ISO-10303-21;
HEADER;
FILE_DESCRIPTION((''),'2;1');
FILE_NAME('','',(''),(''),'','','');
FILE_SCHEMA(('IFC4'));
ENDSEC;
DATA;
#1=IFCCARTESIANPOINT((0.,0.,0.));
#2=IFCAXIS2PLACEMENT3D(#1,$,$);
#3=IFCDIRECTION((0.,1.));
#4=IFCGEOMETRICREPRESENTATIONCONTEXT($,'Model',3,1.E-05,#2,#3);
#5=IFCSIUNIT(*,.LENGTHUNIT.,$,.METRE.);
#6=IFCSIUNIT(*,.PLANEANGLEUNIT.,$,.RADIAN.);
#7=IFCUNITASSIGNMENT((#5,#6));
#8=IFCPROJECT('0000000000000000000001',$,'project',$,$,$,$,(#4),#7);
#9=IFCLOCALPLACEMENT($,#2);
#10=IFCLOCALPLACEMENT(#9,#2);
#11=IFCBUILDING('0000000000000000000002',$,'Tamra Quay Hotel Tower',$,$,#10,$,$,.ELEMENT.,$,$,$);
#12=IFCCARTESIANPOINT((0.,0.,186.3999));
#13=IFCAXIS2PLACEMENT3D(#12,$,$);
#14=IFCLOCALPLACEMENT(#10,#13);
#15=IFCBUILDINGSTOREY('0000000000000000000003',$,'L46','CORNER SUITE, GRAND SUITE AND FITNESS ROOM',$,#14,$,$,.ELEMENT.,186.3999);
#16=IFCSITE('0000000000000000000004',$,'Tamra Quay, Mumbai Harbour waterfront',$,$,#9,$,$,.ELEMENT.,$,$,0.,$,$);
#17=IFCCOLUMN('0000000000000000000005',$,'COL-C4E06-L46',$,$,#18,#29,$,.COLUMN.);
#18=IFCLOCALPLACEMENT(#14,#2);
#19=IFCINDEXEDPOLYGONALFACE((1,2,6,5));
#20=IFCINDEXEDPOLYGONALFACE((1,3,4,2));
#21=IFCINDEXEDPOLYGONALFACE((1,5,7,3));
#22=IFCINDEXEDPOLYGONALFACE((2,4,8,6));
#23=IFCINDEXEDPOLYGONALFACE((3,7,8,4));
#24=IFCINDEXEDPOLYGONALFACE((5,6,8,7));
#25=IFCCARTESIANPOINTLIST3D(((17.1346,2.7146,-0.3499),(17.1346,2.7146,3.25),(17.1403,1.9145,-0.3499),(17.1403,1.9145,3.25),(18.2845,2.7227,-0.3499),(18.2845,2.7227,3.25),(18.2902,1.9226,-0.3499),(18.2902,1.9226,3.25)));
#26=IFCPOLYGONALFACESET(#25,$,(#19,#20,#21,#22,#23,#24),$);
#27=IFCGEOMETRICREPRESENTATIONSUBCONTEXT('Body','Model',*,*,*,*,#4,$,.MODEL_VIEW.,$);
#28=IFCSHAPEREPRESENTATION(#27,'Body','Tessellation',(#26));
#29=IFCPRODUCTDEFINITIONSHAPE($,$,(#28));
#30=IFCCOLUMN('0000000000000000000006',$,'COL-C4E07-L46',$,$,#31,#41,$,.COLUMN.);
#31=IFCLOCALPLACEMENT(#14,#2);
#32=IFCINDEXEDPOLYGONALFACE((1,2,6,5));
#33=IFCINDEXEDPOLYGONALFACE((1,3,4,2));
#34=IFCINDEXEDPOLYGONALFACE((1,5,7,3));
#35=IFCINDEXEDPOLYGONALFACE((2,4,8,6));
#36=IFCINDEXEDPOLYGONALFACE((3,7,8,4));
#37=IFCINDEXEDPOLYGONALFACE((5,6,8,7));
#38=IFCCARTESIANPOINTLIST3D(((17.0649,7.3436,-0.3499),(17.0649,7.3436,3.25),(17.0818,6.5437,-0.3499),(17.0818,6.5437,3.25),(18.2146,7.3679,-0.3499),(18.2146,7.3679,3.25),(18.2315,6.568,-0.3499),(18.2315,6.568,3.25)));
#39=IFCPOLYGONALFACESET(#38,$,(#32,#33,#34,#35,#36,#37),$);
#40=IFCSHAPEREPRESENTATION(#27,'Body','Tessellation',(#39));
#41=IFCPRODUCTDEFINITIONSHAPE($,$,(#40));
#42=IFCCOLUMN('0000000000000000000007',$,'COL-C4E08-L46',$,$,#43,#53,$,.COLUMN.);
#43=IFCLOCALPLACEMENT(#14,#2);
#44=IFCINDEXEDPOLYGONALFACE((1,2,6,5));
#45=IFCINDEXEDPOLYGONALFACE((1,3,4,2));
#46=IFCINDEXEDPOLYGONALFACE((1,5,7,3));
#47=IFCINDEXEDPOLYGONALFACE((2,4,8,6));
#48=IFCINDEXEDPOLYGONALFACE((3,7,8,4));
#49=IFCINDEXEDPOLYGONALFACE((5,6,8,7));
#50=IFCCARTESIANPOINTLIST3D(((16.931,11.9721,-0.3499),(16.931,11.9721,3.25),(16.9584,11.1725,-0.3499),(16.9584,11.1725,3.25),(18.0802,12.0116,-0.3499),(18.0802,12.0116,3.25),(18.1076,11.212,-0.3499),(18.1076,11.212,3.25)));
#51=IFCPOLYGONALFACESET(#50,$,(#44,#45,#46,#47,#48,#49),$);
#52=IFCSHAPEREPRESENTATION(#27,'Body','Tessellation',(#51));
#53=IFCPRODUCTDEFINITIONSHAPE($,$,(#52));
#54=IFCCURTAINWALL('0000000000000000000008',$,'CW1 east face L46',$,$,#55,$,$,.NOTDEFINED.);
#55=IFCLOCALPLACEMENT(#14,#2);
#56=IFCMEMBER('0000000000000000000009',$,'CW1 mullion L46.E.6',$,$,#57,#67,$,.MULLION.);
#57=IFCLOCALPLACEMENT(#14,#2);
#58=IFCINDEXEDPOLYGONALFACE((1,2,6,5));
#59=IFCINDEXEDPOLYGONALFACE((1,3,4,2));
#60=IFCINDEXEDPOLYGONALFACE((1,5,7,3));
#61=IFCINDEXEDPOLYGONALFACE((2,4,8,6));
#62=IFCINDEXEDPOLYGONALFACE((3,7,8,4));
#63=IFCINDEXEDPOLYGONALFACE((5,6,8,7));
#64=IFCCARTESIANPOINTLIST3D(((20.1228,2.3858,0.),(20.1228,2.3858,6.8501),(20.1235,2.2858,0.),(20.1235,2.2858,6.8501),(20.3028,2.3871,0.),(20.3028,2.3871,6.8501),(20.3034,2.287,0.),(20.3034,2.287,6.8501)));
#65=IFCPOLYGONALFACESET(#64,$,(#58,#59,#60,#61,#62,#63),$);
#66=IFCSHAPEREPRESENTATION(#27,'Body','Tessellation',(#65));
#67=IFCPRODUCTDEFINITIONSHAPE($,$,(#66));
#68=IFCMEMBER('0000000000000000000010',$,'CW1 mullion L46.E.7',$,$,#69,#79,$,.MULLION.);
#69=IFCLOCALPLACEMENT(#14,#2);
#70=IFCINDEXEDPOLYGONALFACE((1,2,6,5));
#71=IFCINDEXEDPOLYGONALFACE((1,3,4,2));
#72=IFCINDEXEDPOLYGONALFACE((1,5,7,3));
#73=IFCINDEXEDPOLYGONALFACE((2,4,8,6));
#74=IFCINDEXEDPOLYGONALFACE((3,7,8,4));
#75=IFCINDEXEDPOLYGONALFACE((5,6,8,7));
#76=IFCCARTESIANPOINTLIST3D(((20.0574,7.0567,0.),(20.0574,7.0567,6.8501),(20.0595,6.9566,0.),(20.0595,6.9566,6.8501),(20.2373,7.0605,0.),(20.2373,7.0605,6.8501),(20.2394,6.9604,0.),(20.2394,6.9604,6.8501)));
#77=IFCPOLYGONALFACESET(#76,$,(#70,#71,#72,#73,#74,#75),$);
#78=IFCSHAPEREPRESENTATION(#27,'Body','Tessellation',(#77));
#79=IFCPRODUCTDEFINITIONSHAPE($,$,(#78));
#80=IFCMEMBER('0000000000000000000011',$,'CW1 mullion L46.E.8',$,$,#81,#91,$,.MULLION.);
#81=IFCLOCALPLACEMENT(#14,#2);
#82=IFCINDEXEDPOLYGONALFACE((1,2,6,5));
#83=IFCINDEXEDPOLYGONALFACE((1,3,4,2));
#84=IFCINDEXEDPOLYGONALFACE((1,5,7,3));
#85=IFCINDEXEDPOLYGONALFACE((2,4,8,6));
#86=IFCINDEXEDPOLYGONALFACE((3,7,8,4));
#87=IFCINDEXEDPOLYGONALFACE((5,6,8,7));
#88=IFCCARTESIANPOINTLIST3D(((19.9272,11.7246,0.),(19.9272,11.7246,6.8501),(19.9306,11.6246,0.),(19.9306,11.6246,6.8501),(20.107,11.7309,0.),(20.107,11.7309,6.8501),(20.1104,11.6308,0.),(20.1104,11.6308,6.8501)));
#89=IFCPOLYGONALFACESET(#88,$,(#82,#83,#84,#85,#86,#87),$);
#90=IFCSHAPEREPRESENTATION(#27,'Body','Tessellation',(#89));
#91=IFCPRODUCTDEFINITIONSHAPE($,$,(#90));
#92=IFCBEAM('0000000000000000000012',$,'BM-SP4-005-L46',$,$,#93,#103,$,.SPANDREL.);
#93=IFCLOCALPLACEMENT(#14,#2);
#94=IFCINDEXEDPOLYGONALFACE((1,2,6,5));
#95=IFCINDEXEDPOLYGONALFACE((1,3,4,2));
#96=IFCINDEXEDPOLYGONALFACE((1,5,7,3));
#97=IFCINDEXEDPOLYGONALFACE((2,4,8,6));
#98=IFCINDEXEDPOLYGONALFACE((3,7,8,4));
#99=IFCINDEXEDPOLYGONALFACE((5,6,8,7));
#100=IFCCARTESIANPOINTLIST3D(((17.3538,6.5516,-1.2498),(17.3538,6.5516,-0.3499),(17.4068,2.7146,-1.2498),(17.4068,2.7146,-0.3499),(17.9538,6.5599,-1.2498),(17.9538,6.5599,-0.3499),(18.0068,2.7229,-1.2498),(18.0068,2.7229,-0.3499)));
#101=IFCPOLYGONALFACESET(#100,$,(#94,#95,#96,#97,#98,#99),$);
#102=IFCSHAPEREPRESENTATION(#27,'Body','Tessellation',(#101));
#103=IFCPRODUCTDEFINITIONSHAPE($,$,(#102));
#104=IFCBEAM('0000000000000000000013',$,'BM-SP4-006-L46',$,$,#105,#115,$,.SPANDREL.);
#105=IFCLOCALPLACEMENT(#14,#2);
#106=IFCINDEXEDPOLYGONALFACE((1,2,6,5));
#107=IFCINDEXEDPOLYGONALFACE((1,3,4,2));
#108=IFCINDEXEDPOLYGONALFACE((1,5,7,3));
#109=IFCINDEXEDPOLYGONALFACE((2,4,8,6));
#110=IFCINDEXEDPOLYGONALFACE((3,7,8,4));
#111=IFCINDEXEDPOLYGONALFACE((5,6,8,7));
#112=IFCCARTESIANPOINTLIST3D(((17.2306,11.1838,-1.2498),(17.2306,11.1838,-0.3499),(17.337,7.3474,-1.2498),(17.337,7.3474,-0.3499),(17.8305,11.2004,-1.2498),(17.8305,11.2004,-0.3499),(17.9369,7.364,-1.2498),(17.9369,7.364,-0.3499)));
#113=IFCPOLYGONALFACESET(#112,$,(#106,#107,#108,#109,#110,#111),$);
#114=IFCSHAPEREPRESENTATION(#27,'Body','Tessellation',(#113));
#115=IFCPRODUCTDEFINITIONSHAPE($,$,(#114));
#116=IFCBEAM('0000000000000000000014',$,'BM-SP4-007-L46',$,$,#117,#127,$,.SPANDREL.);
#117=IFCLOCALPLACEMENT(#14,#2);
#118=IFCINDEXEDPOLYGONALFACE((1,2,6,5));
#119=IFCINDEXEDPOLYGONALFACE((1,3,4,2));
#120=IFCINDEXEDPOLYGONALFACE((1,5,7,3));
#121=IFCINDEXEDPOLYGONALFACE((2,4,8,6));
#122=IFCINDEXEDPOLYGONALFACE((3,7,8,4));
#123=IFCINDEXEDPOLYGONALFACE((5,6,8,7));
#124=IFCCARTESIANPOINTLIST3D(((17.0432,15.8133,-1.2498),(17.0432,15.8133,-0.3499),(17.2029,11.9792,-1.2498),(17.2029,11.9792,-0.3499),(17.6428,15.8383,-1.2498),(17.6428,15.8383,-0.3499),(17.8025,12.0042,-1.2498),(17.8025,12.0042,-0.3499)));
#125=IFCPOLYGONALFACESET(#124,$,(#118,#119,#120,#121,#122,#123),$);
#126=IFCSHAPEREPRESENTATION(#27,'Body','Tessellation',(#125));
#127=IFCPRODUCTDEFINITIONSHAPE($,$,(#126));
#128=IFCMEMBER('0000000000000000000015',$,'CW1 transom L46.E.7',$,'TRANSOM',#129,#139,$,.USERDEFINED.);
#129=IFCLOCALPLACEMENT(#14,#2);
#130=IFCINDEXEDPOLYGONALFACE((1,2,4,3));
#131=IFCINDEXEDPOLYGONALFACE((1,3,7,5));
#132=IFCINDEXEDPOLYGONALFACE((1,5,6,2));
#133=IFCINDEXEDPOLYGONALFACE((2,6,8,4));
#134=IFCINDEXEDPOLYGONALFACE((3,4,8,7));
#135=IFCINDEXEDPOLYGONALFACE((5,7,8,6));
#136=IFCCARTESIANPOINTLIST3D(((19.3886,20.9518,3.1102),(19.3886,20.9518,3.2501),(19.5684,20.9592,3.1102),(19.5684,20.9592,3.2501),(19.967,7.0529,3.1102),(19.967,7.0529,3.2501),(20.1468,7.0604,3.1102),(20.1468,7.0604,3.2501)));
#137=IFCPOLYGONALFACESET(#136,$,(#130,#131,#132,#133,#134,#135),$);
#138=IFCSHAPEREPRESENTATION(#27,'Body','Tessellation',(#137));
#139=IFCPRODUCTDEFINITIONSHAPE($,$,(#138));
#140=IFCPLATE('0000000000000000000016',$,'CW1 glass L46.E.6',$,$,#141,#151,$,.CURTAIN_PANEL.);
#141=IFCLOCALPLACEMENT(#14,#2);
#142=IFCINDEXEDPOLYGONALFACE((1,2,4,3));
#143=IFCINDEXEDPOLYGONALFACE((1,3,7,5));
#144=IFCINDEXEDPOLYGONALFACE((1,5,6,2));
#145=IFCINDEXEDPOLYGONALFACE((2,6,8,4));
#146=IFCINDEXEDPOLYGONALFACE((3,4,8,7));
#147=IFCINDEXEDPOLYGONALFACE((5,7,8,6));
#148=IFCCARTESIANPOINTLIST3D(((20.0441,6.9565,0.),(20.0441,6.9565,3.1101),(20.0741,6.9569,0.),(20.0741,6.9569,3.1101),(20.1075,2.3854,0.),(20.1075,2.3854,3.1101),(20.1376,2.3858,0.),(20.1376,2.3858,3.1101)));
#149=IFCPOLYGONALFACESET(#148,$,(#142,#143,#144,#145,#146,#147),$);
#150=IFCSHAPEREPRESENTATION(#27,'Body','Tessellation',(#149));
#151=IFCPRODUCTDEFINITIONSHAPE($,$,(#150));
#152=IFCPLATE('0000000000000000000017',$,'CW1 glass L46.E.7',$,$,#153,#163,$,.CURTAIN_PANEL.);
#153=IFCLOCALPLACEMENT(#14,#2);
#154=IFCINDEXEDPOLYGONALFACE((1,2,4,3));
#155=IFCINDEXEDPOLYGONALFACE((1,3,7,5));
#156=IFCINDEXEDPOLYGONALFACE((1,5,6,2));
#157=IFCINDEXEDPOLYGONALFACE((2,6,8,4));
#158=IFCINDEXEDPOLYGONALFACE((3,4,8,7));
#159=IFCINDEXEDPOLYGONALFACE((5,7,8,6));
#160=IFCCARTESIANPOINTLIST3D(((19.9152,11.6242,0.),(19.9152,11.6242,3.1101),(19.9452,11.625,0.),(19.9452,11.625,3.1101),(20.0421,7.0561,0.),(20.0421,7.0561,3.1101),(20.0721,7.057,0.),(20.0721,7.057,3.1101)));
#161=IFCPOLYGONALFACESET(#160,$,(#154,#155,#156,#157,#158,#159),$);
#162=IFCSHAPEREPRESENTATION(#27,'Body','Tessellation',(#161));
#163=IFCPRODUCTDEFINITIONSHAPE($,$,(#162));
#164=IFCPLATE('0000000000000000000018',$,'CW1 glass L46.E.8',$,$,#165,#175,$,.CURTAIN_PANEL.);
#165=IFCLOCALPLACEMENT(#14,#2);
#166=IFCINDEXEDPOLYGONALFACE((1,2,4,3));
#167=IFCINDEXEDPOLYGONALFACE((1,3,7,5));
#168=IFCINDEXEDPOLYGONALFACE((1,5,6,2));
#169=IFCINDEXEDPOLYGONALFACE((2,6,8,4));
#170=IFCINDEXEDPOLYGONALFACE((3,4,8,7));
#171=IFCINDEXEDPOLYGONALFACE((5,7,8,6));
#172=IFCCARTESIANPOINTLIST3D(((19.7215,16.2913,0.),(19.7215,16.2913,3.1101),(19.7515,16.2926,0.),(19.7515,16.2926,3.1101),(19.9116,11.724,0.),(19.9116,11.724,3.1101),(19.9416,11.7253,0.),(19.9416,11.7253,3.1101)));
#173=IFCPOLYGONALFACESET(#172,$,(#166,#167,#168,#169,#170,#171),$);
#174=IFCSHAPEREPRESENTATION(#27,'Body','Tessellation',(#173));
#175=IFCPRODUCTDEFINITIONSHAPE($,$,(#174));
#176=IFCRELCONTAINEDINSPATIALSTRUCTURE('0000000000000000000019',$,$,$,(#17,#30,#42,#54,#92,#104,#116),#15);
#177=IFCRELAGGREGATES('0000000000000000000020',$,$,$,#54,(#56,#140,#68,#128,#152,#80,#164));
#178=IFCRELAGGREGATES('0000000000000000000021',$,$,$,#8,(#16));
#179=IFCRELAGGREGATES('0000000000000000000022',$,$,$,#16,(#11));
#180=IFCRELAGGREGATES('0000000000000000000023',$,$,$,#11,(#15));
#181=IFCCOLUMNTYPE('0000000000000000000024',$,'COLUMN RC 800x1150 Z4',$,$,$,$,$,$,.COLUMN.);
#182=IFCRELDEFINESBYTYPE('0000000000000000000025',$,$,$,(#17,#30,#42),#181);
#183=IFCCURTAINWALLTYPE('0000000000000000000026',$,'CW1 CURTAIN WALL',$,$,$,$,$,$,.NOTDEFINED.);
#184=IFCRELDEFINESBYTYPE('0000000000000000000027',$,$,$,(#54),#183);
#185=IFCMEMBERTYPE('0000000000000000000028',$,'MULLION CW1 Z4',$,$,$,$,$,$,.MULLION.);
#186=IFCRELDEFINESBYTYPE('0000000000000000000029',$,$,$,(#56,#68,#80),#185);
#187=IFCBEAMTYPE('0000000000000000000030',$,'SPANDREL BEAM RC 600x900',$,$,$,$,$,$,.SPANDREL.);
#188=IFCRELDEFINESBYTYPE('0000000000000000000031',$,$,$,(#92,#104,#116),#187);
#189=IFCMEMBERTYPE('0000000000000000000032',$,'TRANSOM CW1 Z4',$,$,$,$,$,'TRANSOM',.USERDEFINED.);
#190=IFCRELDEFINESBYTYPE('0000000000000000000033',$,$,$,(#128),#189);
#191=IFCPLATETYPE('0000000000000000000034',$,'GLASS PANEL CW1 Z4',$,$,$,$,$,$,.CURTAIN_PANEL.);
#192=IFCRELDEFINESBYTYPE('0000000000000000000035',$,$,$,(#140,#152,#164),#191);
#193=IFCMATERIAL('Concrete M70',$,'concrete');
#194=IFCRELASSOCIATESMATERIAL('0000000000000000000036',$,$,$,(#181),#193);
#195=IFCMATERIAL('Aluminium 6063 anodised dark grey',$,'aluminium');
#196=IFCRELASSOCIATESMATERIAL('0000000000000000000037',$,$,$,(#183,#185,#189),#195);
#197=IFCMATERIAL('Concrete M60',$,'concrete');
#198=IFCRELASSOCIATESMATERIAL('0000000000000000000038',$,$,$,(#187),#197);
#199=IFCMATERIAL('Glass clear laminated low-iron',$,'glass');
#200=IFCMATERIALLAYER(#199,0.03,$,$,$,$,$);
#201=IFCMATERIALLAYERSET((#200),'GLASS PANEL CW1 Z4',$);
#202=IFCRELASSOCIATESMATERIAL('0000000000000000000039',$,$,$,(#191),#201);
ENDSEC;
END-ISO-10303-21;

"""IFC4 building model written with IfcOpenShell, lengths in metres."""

from ifc_helpers import new_model, si_unit, direction, frame, origin, origin_2d, place, context, subcontext, project, spatial, rectangle, extrude, material, layer, layer_set, material_profile, profile_set, type_object, element, aggregate, save


model = new_model("IFC4")

# Units and contexts
model_context = context("Model", 3, precision=1e-05, world=origin(), true_north=direction((0.0, 1.0)))
body_context = subcontext(model_context, "Body", "Model", "MODEL_VIEW")
ifc_project = project(units=[si_unit("LENGTHUNIT", "METRE"), si_unit("PLANEANGLEUNIT", "RADIAN")], contexts=[model_context])

# Site, building, storey
site_placement = place(None, origin())
site = spatial("IfcSite", under=ifc_project, at=site_placement, Name="Tamra Quay, Mumbai Harbour waterfront", CompositionType="ELEMENT", RefElevation=0.0)
building_placement = place(site_placement, origin())
building = spatial("IfcBuilding", under=site, at=building_placement, Name="Tamra Quay Hotel Tower", CompositionType="ELEMENT")
storey_placement = place(building_placement, frame((0.0, 0.0, 186.3999)))
storey = spatial("IfcBuildingStorey", under=building, at=storey_placement, Name="L46", Description="CORNER SUITE, GRAND SUITE AND FITNESS ROOM", CompositionType="ELEMENT", Elevation=186.3999)

# Columns
ifc_material_1 = material(Name="Concrete M70", Category="concrete")
ifc_material_profile_1 = material_profile(ifc_material_1, rectangle(XDim=1.1499, YDim=0.8, at=origin_2d()), Name="COLUMN RC 800x1150 Z4")
ifc_profile_set_1 = profile_set([ifc_material_profile_1], Name="Concrete M70")
column_type = type_object("IfcColumnType", Name="COLUMN RC 800x1150 Z4", PredefinedType="COLUMN", material=ifc_profile_set_1)
for number, where, z_axis, x_axis, name in (
    (1, (17.7124, 2.3186, -0.3499), (0.0, 0.0, 1.0), (0.999975, 0.007041, 0.0), "COL-C4E06-L46"),
    (2, (17.6482, 6.9558, -0.3499), (0.0, 0.0, 1.0), (0.999777, 0.021115, 0.0), "COL-C4E07-L46"),
    (3, (17.5193, 11.592, -0.3499), (0.0, 0.0, 1.0), (0.999412, 0.034299, 0.0), "COL-C4E08-L46"),
):
    element("IfcColumn", number, at=place(storey_placement, frame(where, z_axis=z_axis, x_axis=x_axis)), inside=storey, type_object=column_type, Name=name, PredefinedType="COLUMN", context=body_context, shape_type="SweptSolid", body=[
        extrude(rectangle(XDim=1.1499, YDim=0.8, at=origin_2d()), origin(), (0.0, 0.0, 1.0), 3.5999),
    ])

# Curtain wall, members
ifc_material_2 = material(Name="Aluminium 6063 anodised dark grey", Category="aluminium")
curtain_wall_type = type_object("IfcCurtainWallType", Name="CW1 CURTAIN WALL", PredefinedType="NOTDEFINED", material=ifc_material_2)
curtain_wall_placement = place(storey_placement, origin())
curtain_wall = element("IfcCurtainWall", 4, at=curtain_wall_placement, inside=storey, type_object=curtain_wall_type, Name="CW1 east face L46", PredefinedType="NOTDEFINED")
ifc_material_profile_2 = material_profile(ifc_material_2, rectangle(XDim=0.1799, YDim=0.1001, at=origin_2d()), Name="MULLION 100X180")
ifc_profile_set_2 = profile_set([ifc_material_profile_2], Name="Aluminium 6063 anodised dark grey")
member_type_1 = type_object("IfcMemberType", Name="MULLION CW1 Z4", PredefinedType="MULLION", material=ifc_profile_set_2)
member_1_placement = place(storey_placement, frame((20.2131, 2.3364, 0.0), z_axis=(0.0, 0.0, 1.0), x_axis=(0.999976, 0.006943, 0.0)))
member_1 = element("IfcMember", 5, at=member_1_placement, type_object=member_type_1, Name="CW1 mullion L46.E.6", PredefinedType="MULLION", context=body_context, shape_type="SweptSolid", body=[
    extrude(rectangle(XDim=0.1799, YDim=0.1001, at=origin_2d()), origin(), (0.0, 0.0, 1.0), 6.8501),
])
member_2_placement = place(storey_placement, frame((20.1484, 7.0085, 0.0), z_axis=(0.0, 0.0, 1.0), x_axis=(0.999783, 0.020821, 0.0)))
member_2 = element("IfcMember", 6, at=member_2_placement, type_object=member_type_1, Name="CW1 mullion L46.E.7", PredefinedType="MULLION", context=body_context, shape_type="SweptSolid", body=[
    extrude(rectangle(XDim=0.1799, YDim=0.1001, at=origin_2d()), origin(), (0.0, 0.0, 1.0), 6.8501),
])
member_3_placement = place(storey_placement, frame((20.0188, 11.6777, 0.0), z_axis=(0.0, 0.0, 1.0), x_axis=(0.999399, 0.034677, 0.0)))
member_3 = element("IfcMember", 7, at=member_3_placement, type_object=member_type_1, Name="CW1 mullion L46.E.8", PredefinedType="MULLION", context=body_context, shape_type="SweptSolid", body=[
    extrude(rectangle(XDim=0.1799, YDim=0.1001, at=origin_2d()), origin(), (0.0, 0.0, 1.0), 6.8501),
])

# Beams
ifc_material_3 = material(Name="Concrete M60", Category="concrete")
ifc_material_profile_3 = material_profile(ifc_material_3, rectangle(XDim=0.6001, YDim=0.8999, at=origin_2d()), Name="SPANDREL BEAM RC 600x900")
ifc_profile_set_3 = profile_set([ifc_material_profile_3], Name="Concrete M60")
beam_type = type_object("IfcBeamType", Name="SPANDREL BEAM RC 600x900", PredefinedType="SPANDREL", material=ifc_profile_set_3)
beam_1_placement = place(storey_placement, frame((17.7068, 2.7188, -0.7998), z_axis=(-0.013805, 0.999905, 0.0), x_axis=(-0.999905, -0.013805, 0.0)))
element("IfcBeam", 8, at=beam_1_placement, inside=storey, type_object=beam_type, Name="BM-SP4-005-L46", PredefinedType="SPANDREL", context=body_context, shape_type="SweptSolid", body=[
    extrude(rectangle(XDim=0.6001, YDim=0.8999, at=origin_2d()), origin(), (0.0, 0.0, 1.0), 3.8374),
])
beam_2_placement = place(storey_placement, frame((17.637, 7.3557, -0.7998), z_axis=(-0.027735, 0.999615, 0.0), x_axis=(-0.999615, -0.027735, 0.0)))
element("IfcBeam", 9, at=beam_2_placement, inside=storey, type_object=beam_type, Name="BM-SP4-006-L46", PredefinedType="SPANDREL", context=body_context, shape_type="SweptSolid", body=[
    extrude(rectangle(XDim=0.6001, YDim=0.8999, at=origin_2d()), origin(), (0.0, 0.0, 1.0), 3.8379),
])
beam_3_placement = place(storey_placement, frame((17.5027, 11.9917, -0.7998), z_axis=(-0.041609, 0.999134, 0.0), x_axis=(-0.999134, -0.041609, 0.0)))
element("IfcBeam", 10, at=beam_3_placement, inside=storey, type_object=beam_type, Name="BM-SP4-007-L46", PredefinedType="SPANDREL", context=body_context, shape_type="SweptSolid", body=[
    extrude(rectangle(XDim=0.6001, YDim=0.8999, at=origin_2d()), origin(), (0.0, 0.0, 1.0), 3.8374),
])

# Member
ifc_material_profile_4 = material_profile(ifc_material_2, rectangle(XDim=0.1799, YDim=0.1399, at=origin_2d()), Name="TRANSOM 180X140")
ifc_profile_set_4 = profile_set([ifc_material_profile_4], Name="Aluminium 6063 anodised dark grey")
member_type_2 = type_object("IfcMemberType", Name="TRANSOM CW1 Z4", ElementType="TRANSOM", PredefinedType="USERDEFINED", material=ifc_profile_set_4)
member_4_placement = place(storey_placement, frame((20.0569, 7.0566, 3.1802), z_axis=(-0.041577, 0.999135, 0.0), x_axis=(-0.999135, -0.041577, 0.0)))
member_4 = element("IfcMember", 11, at=member_4_placement, type_object=member_type_2, Name="CW1 transom L46.E.7", ObjectType="TRANSOM", PredefinedType="USERDEFINED", context=body_context, shape_type="SweptSolid", body=[
    extrude(rectangle(XDim=0.1799, YDim=0.1399, at=origin_2d()), origin(), (0.0, 0.0, 1.0), 13.9109),
])

# Plates
ifc_material_4 = material(Name="Glass clear laminated low-iron", Category="glass")
ifc_layer_1 = layer(ifc_material_4, 0.03)
ifc_layer_set_1 = layer_set([ifc_layer_1], Name="GLASS PANEL CW1 Z4")
plate_type = type_object("IfcPlateType", Name="GLASS PANEL CW1 Z4", PredefinedType="CURTAIN_PANEL", material=ifc_layer_set_1)
plate_1_placement = place(storey_placement, frame((20.0908, 4.6711, 0.0), z_axis=(0.0, 0.0, 1.0), x_axis=(-0.013886, 0.999904, 0.0)))
plate_1 = element("IfcPlate", 12, at=plate_1_placement, type_object=plate_type, Name="CW1 glass L46.E.6", PredefinedType="CURTAIN_PANEL", context=body_context, shape_type="SweptSolid", body=[
    extrude(rectangle(XDim=4.5715, YDim=0.03, at=origin_2d()), origin(), (0.0, 0.0, 1.0), 3.1101),
])
plate_2_placement = place(storey_placement, frame((19.9937, 9.3406, 0.0), z_axis=(0.0, 0.0, 1.0), x_axis=(-0.027754, 0.999615, 0.0)))
plate_2 = element("IfcPlate", 13, at=plate_2_placement, type_object=plate_type, Name="CW1 glass L46.E.7", PredefinedType="CURTAIN_PANEL", context=body_context, shape_type="SweptSolid", body=[
    extrude(rectangle(XDim=4.5698, YDim=0.03, at=origin_2d()), origin(), (0.0, 0.0, 1.0), 3.1101),
])
plate_3_placement = place(storey_placement, frame((19.8315, 14.0083, 0.0), z_axis=(0.0, 0.0, 1.0), x_axis=(-0.041599, 0.999134, 0.0)))
plate_3 = element("IfcPlate", 14, at=plate_3_placement, type_object=plate_type, Name="CW1 glass L46.E.8", PredefinedType="CURTAIN_PANEL", context=body_context, shape_type="SweptSolid", body=[
    extrude(rectangle(XDim=4.5713, YDim=0.03, at=origin_2d()), origin(), (0.0, 0.0, 1.0), 3.1101),
])
aggregate(curtain_wall, [member_1, plate_1, member_2, member_4, plate_2, member_3, plate_3])

save(model, "model.ifc")
